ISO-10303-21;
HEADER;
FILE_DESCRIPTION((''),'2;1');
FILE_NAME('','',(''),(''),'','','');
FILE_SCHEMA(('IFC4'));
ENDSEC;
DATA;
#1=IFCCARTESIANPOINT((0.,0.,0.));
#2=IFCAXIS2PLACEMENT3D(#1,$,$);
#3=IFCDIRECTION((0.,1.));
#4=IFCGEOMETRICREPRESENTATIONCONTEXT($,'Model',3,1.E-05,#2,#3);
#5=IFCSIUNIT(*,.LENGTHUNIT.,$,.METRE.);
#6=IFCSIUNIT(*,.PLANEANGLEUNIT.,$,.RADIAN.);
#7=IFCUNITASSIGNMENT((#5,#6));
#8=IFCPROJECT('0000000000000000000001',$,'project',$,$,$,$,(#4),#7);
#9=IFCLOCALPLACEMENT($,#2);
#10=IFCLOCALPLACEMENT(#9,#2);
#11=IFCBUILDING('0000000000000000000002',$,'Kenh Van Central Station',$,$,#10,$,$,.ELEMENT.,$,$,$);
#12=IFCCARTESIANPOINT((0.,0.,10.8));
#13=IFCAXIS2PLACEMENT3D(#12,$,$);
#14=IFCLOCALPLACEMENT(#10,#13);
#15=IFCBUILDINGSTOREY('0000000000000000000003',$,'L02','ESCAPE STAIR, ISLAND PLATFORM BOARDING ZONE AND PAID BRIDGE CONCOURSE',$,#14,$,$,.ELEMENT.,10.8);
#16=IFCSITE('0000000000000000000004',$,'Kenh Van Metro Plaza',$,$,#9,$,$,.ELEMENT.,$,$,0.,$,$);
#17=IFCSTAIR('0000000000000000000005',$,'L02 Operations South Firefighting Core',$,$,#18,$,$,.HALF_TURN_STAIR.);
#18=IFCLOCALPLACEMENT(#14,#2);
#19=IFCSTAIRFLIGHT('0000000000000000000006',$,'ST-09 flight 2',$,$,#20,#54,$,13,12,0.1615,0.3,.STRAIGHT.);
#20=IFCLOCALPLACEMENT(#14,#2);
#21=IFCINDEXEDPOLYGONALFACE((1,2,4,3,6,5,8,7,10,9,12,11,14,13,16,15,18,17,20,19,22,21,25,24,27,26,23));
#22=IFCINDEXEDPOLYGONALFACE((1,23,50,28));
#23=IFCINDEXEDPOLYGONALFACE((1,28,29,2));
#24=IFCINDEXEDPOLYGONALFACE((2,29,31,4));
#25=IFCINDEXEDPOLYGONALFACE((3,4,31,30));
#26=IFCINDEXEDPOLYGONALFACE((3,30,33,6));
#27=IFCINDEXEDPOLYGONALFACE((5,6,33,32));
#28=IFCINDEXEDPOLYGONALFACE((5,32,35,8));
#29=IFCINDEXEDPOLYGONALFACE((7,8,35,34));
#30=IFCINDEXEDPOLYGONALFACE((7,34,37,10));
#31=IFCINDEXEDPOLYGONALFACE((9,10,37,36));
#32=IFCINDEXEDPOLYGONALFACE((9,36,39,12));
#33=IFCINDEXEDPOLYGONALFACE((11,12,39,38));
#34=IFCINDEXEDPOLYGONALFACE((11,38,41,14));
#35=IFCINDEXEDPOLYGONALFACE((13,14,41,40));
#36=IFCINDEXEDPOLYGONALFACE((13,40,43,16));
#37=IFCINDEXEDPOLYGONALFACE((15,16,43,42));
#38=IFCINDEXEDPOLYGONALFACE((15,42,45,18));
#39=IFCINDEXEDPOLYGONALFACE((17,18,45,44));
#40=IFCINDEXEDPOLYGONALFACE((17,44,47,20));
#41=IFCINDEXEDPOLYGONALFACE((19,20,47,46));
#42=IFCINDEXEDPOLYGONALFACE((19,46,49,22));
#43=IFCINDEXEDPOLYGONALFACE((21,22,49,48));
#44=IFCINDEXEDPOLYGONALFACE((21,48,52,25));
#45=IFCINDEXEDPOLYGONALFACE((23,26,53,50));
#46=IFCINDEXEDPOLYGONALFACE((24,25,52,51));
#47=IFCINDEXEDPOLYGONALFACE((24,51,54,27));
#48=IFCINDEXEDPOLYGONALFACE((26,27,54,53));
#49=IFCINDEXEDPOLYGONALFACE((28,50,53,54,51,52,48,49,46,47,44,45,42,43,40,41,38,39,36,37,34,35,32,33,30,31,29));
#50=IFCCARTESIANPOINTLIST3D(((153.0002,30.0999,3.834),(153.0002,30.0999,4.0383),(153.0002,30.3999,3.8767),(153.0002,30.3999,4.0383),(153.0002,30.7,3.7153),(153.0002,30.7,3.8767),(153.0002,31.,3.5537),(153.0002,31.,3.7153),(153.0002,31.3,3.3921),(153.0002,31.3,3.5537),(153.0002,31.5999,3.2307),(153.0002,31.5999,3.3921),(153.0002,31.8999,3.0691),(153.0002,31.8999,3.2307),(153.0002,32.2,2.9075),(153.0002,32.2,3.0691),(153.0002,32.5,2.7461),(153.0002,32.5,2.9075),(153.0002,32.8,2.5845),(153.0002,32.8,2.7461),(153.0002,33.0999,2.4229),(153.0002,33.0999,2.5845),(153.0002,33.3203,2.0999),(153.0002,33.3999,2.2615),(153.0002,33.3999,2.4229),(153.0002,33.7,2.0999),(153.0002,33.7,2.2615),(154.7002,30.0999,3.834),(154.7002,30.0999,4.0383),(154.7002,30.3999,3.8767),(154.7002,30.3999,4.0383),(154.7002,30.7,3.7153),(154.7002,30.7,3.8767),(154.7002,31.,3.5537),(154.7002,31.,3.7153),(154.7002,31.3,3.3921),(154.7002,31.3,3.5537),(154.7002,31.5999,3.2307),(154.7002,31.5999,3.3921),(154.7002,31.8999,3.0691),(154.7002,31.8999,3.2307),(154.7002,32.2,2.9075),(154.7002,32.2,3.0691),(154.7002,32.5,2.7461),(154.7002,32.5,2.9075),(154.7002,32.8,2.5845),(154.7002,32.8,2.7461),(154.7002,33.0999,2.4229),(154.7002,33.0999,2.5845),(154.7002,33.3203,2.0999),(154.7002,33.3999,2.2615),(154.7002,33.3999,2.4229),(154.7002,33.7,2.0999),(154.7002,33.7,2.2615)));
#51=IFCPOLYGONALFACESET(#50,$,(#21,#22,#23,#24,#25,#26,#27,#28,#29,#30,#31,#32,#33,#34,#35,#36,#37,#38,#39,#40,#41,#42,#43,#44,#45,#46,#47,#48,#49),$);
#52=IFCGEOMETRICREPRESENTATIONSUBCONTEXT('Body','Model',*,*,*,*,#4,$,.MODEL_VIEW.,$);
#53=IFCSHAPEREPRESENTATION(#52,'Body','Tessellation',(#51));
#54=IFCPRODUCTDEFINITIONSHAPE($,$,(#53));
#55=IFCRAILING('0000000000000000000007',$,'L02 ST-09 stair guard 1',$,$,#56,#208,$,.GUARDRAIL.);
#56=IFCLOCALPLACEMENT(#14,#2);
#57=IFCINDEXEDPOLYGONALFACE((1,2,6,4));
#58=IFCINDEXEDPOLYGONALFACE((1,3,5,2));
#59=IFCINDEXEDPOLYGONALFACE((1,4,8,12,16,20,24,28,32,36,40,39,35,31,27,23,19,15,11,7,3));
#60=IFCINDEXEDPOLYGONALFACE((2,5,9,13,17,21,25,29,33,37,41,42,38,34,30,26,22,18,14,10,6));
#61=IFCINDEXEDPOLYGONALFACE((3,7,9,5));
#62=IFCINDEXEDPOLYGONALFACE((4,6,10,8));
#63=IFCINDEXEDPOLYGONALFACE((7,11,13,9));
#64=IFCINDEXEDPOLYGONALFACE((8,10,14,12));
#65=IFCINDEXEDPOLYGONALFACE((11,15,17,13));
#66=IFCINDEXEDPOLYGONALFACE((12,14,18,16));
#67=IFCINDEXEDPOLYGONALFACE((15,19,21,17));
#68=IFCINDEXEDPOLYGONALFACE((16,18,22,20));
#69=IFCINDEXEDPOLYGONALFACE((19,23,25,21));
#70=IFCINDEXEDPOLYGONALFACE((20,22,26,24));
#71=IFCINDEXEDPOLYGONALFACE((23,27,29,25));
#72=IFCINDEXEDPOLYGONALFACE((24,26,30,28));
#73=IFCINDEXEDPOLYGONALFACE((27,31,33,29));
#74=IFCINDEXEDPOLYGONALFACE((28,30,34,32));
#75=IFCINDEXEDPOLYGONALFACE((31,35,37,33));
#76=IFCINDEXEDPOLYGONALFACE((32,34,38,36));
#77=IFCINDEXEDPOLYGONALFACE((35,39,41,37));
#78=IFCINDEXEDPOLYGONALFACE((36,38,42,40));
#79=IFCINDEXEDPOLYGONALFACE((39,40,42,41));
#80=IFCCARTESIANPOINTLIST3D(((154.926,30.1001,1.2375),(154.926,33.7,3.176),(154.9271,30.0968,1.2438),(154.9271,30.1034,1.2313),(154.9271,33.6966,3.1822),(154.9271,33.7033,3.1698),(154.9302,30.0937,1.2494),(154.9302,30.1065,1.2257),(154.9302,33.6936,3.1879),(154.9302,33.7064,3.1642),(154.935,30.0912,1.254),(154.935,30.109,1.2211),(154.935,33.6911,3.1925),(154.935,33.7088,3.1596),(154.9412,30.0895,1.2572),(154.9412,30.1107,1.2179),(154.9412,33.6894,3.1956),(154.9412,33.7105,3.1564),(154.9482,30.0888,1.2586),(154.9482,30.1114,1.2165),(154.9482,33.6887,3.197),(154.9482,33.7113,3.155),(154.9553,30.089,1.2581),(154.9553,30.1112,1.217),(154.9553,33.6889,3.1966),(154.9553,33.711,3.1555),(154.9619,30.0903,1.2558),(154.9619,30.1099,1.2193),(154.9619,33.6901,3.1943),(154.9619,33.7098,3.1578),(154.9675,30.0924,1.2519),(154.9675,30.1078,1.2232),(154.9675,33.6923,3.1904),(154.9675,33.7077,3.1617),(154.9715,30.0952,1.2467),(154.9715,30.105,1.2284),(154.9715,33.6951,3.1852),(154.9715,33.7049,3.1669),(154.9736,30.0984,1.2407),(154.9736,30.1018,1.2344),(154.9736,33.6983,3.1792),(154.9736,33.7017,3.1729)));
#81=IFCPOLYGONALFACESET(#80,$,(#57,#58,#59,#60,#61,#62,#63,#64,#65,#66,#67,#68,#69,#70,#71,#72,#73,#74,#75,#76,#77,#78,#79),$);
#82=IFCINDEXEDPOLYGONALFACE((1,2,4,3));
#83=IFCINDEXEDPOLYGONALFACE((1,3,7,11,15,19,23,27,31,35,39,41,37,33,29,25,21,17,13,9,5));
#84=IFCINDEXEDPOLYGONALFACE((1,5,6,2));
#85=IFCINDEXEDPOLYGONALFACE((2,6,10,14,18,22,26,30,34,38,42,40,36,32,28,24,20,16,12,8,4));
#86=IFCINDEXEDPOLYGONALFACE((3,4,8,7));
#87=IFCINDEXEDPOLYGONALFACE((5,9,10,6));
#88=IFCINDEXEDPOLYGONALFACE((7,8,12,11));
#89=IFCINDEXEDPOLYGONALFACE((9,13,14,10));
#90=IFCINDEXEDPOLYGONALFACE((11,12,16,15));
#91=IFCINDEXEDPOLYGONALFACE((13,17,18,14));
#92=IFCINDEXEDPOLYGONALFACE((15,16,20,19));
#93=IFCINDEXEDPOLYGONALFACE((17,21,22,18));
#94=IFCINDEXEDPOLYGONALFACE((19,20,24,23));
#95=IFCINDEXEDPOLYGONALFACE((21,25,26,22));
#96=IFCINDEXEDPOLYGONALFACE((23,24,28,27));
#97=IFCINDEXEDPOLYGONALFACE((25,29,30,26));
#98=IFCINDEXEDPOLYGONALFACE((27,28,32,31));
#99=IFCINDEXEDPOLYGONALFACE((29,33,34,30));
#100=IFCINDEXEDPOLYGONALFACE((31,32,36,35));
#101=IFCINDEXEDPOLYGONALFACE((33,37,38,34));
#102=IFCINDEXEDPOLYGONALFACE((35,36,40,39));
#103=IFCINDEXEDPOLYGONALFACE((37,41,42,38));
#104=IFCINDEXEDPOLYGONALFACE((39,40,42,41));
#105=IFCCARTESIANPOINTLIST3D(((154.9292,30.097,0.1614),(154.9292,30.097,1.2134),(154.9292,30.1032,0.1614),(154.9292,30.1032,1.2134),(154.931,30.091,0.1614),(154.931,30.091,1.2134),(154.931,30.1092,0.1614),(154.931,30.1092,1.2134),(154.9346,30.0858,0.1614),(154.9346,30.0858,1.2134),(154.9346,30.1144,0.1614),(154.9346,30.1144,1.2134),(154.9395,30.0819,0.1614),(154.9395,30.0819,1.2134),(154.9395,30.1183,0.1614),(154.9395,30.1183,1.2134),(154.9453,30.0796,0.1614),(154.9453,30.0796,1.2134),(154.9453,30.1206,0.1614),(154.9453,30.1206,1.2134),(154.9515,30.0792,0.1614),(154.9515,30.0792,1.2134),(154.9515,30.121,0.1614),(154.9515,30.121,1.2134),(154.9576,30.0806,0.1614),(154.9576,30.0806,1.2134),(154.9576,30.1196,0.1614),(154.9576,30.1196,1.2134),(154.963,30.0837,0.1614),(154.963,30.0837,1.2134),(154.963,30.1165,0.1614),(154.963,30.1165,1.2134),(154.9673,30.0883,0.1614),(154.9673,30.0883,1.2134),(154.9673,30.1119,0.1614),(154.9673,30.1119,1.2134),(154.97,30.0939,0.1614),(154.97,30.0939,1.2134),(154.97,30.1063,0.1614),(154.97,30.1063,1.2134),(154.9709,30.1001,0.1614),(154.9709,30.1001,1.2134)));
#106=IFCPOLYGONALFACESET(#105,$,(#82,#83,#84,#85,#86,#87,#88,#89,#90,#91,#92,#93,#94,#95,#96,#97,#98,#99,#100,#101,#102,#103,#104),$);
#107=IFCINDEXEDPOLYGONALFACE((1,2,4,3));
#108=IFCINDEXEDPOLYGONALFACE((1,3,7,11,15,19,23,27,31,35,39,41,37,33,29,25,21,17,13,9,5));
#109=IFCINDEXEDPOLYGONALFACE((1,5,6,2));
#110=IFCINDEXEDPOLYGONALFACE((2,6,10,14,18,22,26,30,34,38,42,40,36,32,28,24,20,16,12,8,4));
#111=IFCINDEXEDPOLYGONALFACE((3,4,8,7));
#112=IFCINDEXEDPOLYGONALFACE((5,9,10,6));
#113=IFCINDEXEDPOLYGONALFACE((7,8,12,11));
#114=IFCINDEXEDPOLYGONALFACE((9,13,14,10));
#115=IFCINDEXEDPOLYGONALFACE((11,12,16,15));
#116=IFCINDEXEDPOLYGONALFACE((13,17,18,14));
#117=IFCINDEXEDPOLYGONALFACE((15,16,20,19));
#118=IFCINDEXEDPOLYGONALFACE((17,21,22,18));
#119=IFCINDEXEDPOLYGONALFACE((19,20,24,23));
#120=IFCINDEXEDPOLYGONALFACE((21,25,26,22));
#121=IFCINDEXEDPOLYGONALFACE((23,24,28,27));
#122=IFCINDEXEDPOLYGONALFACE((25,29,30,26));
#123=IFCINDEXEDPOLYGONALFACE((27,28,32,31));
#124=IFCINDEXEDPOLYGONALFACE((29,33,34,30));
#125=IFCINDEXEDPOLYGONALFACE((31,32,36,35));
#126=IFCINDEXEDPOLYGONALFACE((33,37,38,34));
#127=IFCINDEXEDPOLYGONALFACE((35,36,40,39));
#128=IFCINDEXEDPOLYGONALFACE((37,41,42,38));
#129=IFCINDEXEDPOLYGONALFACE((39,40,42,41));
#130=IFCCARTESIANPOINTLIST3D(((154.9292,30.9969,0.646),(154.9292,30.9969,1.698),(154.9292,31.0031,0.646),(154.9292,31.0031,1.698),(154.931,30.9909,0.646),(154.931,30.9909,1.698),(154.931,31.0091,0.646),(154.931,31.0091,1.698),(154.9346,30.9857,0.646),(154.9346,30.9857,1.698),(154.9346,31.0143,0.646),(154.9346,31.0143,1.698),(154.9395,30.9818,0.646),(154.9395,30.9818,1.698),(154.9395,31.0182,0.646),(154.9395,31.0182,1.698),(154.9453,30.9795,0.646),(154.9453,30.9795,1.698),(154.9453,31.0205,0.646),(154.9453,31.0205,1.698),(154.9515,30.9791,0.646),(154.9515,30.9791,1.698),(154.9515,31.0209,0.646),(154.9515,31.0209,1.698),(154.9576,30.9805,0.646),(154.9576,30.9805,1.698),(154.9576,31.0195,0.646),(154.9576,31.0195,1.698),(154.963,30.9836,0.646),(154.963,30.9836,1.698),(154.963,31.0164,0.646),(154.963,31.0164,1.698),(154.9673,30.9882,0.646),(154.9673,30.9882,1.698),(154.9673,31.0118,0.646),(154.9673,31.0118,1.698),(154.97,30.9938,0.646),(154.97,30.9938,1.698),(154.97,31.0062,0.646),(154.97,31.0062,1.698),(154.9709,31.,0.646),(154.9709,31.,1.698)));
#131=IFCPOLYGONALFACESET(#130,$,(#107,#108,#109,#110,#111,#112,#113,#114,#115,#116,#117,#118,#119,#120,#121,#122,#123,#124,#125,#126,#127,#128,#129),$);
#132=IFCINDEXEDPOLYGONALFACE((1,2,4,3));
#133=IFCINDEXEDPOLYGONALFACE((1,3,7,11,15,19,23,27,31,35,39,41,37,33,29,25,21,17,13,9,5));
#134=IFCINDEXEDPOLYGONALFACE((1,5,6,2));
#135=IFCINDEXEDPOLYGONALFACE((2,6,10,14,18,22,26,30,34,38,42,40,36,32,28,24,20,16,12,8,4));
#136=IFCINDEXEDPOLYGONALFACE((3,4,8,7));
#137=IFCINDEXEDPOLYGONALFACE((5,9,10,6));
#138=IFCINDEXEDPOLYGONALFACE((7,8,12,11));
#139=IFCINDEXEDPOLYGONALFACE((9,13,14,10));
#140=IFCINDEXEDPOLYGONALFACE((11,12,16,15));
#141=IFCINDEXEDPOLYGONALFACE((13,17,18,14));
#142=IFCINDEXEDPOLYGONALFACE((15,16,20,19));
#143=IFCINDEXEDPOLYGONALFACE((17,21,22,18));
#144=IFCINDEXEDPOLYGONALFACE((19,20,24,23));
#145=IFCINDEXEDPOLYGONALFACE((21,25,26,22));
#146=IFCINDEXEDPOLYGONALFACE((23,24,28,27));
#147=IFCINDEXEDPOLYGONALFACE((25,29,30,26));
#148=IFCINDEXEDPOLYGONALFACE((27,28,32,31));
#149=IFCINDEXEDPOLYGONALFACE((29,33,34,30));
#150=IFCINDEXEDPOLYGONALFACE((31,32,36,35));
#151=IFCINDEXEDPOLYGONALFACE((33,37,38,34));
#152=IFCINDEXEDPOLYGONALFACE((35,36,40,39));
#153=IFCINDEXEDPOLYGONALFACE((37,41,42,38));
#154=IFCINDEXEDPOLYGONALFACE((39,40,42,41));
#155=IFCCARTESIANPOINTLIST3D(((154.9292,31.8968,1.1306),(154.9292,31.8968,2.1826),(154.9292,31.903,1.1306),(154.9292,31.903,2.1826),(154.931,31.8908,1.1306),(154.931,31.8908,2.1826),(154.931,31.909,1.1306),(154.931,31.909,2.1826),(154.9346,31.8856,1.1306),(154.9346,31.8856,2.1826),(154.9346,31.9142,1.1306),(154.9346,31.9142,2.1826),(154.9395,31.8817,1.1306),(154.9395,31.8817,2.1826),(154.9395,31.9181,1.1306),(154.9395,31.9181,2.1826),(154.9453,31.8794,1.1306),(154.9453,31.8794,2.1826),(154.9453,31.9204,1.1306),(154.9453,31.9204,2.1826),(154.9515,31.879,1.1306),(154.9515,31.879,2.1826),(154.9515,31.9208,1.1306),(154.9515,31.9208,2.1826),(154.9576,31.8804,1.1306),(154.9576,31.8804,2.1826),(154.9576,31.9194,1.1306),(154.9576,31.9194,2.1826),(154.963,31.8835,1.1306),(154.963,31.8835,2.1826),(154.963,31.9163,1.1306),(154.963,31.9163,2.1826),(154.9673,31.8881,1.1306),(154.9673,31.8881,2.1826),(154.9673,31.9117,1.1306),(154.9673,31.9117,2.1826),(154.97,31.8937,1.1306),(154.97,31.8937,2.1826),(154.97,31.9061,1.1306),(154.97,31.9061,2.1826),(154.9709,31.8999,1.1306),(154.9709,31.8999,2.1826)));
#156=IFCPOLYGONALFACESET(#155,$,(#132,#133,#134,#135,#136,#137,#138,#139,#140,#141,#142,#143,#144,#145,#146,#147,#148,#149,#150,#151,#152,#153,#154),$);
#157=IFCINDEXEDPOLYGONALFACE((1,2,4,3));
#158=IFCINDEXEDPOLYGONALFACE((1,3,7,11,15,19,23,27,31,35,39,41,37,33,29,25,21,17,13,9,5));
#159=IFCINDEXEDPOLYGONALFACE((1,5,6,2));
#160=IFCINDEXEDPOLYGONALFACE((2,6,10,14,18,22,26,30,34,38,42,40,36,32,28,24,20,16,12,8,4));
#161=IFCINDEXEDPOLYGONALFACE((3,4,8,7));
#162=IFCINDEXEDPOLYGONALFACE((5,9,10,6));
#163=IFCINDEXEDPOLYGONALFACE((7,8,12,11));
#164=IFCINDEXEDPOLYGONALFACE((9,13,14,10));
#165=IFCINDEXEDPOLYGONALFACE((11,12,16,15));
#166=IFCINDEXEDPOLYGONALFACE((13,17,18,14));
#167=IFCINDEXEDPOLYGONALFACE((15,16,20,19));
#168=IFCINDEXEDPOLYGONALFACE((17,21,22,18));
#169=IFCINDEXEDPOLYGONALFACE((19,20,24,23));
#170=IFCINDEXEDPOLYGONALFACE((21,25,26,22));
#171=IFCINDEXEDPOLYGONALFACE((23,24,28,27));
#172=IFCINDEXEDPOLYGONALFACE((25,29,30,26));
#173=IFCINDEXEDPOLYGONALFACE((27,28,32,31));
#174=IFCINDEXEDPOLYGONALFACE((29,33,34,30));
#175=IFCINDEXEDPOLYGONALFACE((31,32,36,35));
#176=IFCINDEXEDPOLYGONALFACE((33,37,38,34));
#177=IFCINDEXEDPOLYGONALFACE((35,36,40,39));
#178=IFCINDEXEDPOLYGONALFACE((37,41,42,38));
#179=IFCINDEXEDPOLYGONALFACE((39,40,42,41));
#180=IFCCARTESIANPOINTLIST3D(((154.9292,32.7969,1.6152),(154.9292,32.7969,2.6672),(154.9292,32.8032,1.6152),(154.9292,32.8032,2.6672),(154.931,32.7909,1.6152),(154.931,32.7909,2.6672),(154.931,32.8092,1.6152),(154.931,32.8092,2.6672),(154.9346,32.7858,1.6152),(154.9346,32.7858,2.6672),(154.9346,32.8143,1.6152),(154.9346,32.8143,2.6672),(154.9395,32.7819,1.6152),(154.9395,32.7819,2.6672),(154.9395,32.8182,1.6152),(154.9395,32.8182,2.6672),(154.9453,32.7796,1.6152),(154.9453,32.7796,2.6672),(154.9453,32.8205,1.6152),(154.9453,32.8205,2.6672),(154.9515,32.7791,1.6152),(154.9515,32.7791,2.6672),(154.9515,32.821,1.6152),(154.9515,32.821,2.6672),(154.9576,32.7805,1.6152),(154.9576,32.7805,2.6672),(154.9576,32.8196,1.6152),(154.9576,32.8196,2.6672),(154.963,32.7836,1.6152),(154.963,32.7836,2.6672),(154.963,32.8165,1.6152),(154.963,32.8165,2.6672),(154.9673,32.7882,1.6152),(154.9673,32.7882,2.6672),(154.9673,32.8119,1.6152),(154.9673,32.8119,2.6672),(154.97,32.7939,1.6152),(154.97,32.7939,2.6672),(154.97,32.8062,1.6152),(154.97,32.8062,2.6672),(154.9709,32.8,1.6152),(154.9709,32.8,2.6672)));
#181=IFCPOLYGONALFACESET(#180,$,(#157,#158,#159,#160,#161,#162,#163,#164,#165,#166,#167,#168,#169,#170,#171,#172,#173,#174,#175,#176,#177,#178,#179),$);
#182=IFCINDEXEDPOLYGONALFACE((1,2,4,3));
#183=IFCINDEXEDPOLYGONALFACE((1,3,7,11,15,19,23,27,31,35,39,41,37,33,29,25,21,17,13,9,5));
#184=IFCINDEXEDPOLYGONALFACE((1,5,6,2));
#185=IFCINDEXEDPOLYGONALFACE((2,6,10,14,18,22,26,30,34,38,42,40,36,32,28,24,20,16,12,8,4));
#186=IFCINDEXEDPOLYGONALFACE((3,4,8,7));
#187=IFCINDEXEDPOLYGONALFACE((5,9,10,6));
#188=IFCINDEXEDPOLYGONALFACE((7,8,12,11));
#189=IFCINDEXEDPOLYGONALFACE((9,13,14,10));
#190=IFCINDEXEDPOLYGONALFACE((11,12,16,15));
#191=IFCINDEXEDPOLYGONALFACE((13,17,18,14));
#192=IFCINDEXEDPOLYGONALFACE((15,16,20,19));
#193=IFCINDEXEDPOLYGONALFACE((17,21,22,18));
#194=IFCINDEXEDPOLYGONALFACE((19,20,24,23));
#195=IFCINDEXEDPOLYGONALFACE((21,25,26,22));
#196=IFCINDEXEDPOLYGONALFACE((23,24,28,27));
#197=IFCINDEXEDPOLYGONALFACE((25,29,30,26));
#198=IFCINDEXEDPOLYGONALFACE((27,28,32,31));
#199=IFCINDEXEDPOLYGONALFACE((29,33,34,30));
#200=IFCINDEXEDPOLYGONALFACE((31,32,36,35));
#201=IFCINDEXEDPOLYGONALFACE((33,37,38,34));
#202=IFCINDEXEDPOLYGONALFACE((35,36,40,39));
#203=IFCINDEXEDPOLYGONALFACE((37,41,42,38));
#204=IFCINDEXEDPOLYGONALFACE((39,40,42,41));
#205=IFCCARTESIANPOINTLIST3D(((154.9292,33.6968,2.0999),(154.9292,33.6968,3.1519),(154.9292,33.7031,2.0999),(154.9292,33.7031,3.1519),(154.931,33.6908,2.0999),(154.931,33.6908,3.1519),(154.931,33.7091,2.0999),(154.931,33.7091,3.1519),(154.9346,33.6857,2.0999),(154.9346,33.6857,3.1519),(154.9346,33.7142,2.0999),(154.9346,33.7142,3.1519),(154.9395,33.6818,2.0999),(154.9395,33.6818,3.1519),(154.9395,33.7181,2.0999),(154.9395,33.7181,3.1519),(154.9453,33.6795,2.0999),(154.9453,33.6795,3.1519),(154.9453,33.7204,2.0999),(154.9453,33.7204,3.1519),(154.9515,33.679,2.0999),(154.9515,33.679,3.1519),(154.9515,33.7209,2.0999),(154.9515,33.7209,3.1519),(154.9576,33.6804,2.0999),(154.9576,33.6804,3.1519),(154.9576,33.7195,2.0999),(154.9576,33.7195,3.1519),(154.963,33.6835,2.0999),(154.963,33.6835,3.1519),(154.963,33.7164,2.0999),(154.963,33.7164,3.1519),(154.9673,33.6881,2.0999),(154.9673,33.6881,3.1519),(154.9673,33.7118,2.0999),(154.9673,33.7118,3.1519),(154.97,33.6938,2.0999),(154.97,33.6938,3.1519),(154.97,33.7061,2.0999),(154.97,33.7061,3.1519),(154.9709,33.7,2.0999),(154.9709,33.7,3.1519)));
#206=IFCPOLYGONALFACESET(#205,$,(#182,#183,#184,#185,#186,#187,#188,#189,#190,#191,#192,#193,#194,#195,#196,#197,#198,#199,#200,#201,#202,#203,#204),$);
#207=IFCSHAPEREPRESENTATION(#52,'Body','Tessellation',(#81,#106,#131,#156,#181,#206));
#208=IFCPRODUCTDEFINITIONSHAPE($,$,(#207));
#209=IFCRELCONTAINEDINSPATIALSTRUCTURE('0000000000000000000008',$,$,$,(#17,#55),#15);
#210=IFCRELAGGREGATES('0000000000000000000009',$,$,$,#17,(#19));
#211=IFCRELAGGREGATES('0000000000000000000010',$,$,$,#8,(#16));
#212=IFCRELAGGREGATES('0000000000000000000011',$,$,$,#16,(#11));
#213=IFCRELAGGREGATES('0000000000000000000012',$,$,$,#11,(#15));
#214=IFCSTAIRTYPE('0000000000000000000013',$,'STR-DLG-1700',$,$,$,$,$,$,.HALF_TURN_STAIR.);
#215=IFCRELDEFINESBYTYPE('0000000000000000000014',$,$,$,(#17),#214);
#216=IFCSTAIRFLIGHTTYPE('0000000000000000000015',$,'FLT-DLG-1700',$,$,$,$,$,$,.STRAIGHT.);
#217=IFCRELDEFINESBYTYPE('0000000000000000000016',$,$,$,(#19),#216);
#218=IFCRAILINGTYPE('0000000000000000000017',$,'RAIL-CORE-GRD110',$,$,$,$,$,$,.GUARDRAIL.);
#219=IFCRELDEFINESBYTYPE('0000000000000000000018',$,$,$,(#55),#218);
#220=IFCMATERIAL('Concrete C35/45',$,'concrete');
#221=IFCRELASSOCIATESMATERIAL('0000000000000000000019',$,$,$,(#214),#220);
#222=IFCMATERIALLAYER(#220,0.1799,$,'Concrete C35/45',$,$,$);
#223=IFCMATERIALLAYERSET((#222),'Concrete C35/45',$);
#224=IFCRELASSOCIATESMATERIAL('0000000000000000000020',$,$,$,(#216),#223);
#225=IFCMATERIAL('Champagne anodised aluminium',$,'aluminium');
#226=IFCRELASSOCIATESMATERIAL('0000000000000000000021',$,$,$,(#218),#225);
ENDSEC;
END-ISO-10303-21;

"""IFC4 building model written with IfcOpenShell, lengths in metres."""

from ifc_helpers import new_model, si_unit, direction, frame, origin, origin_2d, place, context, subcontext, project, spatial, polyline, circle, outline, extrude, material, layer, layer_set, type_object, element, aggregate, save


model = new_model("IFC4")

# Units and contexts
model_context = context("Model", 3, precision=1e-05, world=origin(), true_north=direction((0.0, 1.0)))
body_context = subcontext(model_context, "Body", "Model", "MODEL_VIEW")
ifc_project = project(units=[si_unit("LENGTHUNIT", "METRE"), si_unit("PLANEANGLEUNIT", "RADIAN")], contexts=[model_context])

# Site, building, storey
site_placement = place(None, origin())
site = spatial("IfcSite", under=ifc_project, at=site_placement, Name="Kenh Van Metro Plaza", CompositionType="ELEMENT", RefElevation=0.0)
building_placement = place(site_placement, origin())
building = spatial("IfcBuilding", under=site, at=building_placement, Name="Kenh Van Central Station", CompositionType="ELEMENT")
storey_placement = place(building_placement, frame((0.0, 0.0, 10.8)))
storey = spatial("IfcBuildingStorey", under=building, at=storey_placement, Name="L02", Description="ESCAPE STAIR, ISLAND PLATFORM BOARDING ZONE AND PAID BRIDGE CONCOURSE", CompositionType="ELEMENT", Elevation=10.8)

# Shared definitions
ifc_material_1 = material(Name="Concrete C35/45", Category="concrete")

# Shared definitions
ifc_material_2 = material(Name="Champagne anodised aluminium", Category="aluminium")

# Stair, stair flight
stair_type = type_object("IfcStairType", Name="STR-DLG-1700", PredefinedType="HALF_TURN_STAIR", material=ifc_material_1)
stair_placement = place(storey_placement, origin())
stair = element("IfcStair", 1, at=stair_placement, inside=storey, type_object=stair_type, Name="L02 Operations South Firefighting Core", PredefinedType="HALF_TURN_STAIR")
ifc_layer_1 = layer(ifc_material_1, 0.1799, Name="Concrete C35/45")
ifc_layer_set_1 = layer_set([ifc_layer_1], Name="Concrete C35/45")
stair_flight_type = type_object("IfcStairFlightType", Name="FLT-DLG-1700", PredefinedType="STRAIGHT", material=ifc_layer_set_1)
stair_flight_1_placement = place(storey_placement, frame((153.8501, 33.7, 2.0999), z_axis=(0.0, 0.0, 1.0), x_axis=(0.0, -1.0, 0.0)))
stair_flight_1 = element("IfcStairFlight", 2, at=stair_flight_1_placement, type_object=stair_flight_type, Name="ST-09 flight 2", NumberOfRisers=13, NumberOfTreads=12, PredefinedType="STRAIGHT", RiserHeight=0.1615, TreadLength=0.3, context=body_context, shape_type="SweptSolid", body=[
    extrude(outline(polyline([(0.0, 0.0), (0.0, 0.1616), (0.3, 0.1616), (0.3, 0.323), (0.6001, 0.323), (0.6001, 0.4846), (0.8999, 0.4846), (0.8999, 0.6462), (1.2, 0.6462), (1.2, 0.8076), (1.5, 0.8076), (1.5, 0.9692), (1.8, 0.9692), (1.8, 1.1309), (2.1001, 1.1309), (2.1001, 1.2922), (2.3999, 1.2922), (2.3999, 1.4539), (2.7, 1.4539), (2.7, 1.6155), (3.0, 1.6155), (3.0, 1.7769), (3.3, 1.7769), (3.3, 1.9385), (3.6001, 1.9385), (3.6001, 2.1001), (3.6001, 1.7341), (0.3796, 0.0), (0.0, 0.0)])), frame((0.0, 0.8501, 0.0), z_axis=(0.0, -1.0, 0.0), x_axis=(1.0, 0.0, 0.0)), (0.0, 0.0, 1.0), 1.7),
])
aggregate(stair, [stair_flight_1])

# Railing
railing_type_1 = type_object("IfcRailingType", Name="RAIL-CORE-GRD110", PredefinedType="GUARDRAIL", material=ifc_material_2)
railing_1_placement = place(storey_placement, frame((154.95, 30.1001, 0.1614)))
element("IfcRailing", 3, at=railing_1_placement, inside=storey, type_object=railing_type_1, Name="L02 ST-09 stair guard 1", PredefinedType="GUARDRAIL", context=body_context, shape_type="SweptSolid", body=[
    extrude(circle(Radius=0.0239, at=origin_2d()), frame((0.0, 0.0, 1.0762), z_axis=(0.0, 0.880462, 0.474118), x_axis=(-1.0, 0.0, 0.0)), (0.0, 0.0, 1.0), 4.0886),
    extrude(circle(Radius=0.021, at=origin_2d()), origin(), (0.0, 0.0, 1.0), 1.052),
    extrude(circle(Radius=0.021, at=origin_2d()), frame((0.0, 0.8999, 0.4846)), (0.0, 0.0, 1.0), 1.052),
    extrude(circle(Radius=0.021, at=origin_2d()), frame((0.0, 1.7998, 0.9692)), (0.0, 0.0, 1.0), 1.052),
    extrude(circle(Radius=0.021, at=origin_2d()), frame((0.0, 2.7, 1.4539)), (0.0, 0.0, 1.0), 1.052),
    extrude(circle(Radius=0.021, at=origin_2d()), frame((0.0, 3.5999, 1.9385)), (0.0, 0.0, 1.0), 1.052),
])

save(model, "model.ifc")
